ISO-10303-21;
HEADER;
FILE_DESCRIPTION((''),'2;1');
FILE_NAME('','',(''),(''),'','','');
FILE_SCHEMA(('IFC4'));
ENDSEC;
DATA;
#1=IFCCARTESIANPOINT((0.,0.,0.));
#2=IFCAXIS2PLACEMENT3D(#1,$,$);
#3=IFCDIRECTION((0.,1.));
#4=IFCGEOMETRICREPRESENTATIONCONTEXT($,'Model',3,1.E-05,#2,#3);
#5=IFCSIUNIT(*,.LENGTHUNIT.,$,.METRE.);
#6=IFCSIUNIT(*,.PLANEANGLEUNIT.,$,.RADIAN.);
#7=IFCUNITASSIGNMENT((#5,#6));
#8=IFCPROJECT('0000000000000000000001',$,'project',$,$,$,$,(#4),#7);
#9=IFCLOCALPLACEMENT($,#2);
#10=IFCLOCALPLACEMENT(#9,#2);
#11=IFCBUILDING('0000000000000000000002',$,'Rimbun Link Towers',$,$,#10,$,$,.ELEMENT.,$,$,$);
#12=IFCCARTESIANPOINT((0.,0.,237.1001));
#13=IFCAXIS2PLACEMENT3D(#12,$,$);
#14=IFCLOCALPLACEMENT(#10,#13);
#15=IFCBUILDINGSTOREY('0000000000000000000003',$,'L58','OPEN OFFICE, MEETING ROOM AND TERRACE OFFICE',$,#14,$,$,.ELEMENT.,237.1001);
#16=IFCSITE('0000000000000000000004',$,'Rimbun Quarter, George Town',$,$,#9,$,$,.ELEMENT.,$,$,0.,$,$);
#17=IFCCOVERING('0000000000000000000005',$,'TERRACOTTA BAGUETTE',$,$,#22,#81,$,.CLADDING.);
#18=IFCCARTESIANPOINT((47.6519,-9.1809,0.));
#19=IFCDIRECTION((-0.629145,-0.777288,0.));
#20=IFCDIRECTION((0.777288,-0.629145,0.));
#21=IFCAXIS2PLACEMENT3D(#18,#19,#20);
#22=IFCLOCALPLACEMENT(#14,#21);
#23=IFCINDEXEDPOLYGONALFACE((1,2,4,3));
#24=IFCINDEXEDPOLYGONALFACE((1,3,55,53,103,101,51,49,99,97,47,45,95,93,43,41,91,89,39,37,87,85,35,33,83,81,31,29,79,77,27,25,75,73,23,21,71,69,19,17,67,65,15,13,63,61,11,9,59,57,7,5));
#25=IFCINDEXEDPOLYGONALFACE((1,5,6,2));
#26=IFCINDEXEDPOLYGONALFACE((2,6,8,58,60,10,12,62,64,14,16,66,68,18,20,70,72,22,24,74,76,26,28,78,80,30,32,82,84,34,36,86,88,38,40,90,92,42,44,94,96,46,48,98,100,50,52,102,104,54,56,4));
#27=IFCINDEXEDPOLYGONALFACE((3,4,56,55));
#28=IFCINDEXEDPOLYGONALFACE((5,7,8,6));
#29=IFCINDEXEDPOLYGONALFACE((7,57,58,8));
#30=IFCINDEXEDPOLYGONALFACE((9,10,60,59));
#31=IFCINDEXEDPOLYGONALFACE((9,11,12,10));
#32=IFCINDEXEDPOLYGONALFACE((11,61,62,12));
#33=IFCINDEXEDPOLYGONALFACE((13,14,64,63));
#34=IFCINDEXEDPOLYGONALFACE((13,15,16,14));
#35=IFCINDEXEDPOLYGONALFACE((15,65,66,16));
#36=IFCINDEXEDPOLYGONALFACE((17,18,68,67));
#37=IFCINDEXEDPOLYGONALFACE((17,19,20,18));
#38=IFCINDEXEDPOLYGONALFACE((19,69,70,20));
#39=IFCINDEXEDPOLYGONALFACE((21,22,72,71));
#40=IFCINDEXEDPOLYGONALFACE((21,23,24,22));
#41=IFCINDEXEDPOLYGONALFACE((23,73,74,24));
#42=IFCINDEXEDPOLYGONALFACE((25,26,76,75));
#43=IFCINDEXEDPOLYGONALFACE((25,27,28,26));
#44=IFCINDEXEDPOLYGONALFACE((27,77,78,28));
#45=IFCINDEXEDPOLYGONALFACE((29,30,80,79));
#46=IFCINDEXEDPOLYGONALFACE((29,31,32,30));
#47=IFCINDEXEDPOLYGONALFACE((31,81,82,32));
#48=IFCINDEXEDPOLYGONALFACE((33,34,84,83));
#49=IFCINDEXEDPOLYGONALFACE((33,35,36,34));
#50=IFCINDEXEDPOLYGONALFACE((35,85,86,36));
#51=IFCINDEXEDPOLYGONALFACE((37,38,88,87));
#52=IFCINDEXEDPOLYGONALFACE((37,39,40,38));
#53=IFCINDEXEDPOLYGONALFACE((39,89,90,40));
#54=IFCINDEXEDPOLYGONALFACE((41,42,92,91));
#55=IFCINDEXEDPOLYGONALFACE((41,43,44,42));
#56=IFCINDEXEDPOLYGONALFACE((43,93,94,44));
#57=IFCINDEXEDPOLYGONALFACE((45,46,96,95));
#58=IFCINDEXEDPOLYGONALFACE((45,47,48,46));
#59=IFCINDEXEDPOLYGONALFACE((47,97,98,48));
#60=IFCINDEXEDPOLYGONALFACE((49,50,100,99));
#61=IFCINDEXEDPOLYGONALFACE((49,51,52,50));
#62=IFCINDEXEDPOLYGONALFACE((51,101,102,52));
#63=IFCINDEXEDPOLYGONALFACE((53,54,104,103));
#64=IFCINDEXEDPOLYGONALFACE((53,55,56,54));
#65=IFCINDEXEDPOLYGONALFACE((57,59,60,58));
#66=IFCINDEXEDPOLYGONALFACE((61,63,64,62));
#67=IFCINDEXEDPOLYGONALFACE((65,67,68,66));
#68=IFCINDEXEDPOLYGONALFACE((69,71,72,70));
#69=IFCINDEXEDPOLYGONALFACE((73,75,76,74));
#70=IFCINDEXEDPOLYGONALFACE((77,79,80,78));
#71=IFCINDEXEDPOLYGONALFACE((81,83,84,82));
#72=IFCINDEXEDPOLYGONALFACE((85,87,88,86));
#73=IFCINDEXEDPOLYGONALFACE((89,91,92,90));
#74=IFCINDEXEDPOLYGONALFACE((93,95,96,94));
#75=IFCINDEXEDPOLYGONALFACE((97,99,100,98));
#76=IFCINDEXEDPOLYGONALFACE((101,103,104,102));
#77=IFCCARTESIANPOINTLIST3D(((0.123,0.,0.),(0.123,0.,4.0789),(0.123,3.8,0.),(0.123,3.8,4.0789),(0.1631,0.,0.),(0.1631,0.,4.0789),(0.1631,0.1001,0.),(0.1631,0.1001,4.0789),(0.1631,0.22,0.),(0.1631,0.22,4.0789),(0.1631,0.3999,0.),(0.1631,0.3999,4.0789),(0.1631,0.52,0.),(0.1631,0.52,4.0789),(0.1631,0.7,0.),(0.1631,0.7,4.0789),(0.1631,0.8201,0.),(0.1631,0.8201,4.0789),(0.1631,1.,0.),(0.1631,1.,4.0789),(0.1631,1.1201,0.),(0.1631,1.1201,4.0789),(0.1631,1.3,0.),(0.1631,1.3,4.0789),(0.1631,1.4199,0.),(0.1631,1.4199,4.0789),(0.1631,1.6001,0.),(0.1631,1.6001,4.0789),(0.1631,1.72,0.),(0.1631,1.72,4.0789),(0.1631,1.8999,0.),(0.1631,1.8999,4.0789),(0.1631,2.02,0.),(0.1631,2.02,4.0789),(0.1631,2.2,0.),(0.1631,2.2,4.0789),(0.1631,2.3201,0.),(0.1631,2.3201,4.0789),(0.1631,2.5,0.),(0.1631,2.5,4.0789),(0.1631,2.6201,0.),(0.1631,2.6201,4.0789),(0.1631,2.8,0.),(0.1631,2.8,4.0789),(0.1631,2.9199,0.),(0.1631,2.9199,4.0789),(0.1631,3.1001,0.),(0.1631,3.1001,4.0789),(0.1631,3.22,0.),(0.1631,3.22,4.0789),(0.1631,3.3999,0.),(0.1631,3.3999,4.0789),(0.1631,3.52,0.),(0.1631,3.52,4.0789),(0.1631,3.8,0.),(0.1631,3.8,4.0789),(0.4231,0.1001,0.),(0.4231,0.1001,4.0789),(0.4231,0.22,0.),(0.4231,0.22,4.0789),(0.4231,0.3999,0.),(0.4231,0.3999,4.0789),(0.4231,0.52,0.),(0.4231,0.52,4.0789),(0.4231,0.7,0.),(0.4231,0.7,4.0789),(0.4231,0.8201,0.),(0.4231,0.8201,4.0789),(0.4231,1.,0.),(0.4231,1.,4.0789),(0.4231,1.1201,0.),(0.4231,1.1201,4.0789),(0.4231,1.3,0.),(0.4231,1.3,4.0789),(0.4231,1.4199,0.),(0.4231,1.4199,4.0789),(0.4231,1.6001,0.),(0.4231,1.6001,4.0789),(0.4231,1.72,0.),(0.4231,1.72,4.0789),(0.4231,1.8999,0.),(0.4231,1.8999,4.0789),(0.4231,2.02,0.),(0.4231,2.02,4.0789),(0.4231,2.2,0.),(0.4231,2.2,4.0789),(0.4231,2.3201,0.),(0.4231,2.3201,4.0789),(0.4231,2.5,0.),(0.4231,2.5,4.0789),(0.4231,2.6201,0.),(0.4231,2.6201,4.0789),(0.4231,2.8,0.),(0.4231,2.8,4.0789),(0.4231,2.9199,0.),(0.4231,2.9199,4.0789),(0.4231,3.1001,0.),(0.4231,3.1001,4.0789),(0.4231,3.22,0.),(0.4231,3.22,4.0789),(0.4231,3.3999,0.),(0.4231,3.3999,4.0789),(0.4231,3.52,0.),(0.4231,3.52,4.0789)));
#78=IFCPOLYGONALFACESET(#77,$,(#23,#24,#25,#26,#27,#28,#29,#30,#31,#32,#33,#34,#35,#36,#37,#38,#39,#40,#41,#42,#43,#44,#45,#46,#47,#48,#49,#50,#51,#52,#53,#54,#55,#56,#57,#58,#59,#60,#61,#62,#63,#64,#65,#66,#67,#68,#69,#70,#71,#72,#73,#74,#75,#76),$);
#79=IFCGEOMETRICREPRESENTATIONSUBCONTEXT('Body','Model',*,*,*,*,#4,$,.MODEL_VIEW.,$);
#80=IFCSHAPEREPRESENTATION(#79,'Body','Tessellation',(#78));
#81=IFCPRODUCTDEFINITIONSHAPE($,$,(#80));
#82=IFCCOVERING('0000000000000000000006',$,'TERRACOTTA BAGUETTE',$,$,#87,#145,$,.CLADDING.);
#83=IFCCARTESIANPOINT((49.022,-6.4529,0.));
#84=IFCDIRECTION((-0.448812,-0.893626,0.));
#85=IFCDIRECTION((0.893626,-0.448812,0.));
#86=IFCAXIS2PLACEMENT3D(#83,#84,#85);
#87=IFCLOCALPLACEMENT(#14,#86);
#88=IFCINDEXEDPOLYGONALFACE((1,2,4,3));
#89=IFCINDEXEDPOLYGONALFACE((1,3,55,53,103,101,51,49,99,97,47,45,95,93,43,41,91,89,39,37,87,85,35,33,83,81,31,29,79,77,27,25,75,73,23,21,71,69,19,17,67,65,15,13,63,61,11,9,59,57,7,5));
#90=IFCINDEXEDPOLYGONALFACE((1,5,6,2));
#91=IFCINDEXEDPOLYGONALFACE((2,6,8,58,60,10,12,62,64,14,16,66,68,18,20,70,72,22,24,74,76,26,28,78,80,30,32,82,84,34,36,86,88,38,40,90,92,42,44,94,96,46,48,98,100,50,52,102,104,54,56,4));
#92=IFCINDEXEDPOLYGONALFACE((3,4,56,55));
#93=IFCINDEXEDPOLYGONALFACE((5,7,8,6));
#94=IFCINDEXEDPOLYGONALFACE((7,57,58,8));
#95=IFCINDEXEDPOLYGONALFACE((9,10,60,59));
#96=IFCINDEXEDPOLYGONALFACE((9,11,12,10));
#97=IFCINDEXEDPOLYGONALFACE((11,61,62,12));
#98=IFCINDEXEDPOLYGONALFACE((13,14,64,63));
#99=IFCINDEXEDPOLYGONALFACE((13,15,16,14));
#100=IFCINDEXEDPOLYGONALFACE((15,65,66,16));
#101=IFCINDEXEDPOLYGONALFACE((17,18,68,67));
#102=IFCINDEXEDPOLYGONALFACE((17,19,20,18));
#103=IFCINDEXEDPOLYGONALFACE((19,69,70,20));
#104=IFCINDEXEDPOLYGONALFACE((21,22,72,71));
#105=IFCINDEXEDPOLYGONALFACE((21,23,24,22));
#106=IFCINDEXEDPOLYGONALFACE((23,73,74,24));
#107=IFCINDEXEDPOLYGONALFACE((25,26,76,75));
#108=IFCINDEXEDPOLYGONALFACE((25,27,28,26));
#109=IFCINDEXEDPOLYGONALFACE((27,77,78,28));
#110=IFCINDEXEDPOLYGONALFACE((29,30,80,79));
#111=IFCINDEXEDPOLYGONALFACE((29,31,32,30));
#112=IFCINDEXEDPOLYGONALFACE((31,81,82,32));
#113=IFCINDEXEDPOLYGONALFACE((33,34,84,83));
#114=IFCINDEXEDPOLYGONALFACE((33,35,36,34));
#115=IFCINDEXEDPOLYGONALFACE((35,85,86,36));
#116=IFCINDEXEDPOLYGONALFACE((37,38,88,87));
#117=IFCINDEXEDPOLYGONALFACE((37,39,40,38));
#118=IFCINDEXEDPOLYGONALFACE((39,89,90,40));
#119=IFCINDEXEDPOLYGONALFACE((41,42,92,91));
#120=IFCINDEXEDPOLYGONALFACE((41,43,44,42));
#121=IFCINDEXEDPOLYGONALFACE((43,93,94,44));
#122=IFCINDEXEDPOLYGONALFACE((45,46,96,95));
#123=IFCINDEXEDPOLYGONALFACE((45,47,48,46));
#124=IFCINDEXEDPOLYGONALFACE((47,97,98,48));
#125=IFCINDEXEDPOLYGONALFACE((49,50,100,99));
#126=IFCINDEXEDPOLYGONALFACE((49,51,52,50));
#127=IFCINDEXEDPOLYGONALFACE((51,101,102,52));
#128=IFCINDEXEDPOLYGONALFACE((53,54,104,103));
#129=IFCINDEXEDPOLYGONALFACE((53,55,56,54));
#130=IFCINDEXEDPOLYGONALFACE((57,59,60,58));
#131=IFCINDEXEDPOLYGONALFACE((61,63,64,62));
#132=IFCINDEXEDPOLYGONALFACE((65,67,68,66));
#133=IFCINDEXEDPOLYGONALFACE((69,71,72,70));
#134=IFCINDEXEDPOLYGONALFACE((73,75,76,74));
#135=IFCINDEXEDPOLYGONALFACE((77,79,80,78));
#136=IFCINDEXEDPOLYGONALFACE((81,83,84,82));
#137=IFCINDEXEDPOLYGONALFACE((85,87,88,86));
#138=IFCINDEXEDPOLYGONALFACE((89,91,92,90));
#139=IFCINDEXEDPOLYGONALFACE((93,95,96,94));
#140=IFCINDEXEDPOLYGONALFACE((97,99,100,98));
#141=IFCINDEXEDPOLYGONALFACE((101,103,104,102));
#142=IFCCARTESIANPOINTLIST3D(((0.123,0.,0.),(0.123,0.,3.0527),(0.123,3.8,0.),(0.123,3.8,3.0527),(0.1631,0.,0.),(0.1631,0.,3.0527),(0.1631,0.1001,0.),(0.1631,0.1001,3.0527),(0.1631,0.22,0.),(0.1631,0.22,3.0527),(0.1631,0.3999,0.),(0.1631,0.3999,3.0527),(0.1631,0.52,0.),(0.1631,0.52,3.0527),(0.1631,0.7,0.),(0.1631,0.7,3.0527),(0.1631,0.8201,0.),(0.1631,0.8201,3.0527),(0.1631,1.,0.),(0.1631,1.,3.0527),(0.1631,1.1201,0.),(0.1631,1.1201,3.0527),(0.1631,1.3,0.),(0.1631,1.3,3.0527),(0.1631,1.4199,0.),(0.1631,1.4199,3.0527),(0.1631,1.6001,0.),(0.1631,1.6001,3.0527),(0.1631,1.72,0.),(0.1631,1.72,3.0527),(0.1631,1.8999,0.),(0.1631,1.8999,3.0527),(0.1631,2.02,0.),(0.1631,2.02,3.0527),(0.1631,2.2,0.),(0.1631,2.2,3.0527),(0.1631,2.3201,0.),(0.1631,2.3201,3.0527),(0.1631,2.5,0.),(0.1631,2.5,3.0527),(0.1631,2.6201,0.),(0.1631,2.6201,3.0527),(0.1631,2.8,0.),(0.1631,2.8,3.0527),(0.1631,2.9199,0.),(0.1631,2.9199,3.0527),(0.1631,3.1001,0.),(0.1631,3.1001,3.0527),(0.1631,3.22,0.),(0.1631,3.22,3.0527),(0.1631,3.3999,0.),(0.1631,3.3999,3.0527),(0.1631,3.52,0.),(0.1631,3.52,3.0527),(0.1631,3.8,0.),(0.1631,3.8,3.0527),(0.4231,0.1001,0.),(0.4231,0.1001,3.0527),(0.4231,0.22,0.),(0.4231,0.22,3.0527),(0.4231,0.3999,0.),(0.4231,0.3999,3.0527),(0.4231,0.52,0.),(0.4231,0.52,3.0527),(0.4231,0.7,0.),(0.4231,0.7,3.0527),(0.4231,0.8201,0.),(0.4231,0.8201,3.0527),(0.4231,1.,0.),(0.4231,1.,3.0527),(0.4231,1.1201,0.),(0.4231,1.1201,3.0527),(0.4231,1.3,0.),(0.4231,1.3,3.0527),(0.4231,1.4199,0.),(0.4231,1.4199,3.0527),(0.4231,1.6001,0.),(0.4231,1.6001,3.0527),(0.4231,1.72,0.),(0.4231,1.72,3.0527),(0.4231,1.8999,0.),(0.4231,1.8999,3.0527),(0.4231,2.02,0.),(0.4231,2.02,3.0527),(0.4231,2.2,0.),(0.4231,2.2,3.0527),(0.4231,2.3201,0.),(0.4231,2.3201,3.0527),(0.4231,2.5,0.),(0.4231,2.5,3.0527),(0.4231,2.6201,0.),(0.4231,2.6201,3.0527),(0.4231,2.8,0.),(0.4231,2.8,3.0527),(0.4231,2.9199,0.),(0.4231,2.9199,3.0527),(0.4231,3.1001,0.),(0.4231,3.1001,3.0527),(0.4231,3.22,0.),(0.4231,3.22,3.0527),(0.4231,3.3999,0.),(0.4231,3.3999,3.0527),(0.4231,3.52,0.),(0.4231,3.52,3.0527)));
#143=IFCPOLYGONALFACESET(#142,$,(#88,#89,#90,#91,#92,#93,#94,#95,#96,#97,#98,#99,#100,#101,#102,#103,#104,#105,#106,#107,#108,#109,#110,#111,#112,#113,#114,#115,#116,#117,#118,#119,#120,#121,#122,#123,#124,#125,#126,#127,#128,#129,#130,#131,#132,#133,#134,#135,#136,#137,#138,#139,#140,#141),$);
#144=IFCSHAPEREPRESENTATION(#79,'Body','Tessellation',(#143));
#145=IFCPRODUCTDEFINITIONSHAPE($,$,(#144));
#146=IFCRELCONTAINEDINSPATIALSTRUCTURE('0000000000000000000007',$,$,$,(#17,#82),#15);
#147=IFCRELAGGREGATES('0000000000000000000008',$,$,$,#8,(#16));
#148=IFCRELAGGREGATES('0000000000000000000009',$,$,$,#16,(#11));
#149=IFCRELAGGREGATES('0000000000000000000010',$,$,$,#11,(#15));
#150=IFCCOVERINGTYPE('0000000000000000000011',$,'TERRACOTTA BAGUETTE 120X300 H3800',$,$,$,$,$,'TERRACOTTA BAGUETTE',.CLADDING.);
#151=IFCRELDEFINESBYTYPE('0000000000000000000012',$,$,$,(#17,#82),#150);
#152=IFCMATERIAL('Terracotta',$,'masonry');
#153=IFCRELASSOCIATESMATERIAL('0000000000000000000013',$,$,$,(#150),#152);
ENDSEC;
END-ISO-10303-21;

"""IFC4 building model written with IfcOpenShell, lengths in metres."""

from ifc_helpers import new_model, si_unit, direction, frame, origin, place, context, subcontext, project, spatial, polyline, outline, extrude, material, material_profile, profile_set, type_object, element, save


model = new_model("IFC4")

# Units and contexts
model_context = context("Model", 3, precision=1e-05, world=origin(), true_north=direction((0.0, 1.0)))
body_context = subcontext(model_context, "Body", "Model", "MODEL_VIEW")
ifc_project = project(units=[si_unit("LENGTHUNIT", "METRE"), si_unit("PLANEANGLEUNIT", "RADIAN")], contexts=[model_context])

# Site, building, storey
site_placement = place(None, origin())
site = spatial("IfcSite", under=ifc_project, at=site_placement, Name="Rimbun Quarter, George Town", CompositionType="ELEMENT", RefElevation=0.0)
building_placement = place(site_placement, origin())
building = spatial("IfcBuilding", under=site, at=building_placement, Name="Rimbun Link Towers", CompositionType="ELEMENT")
storey_placement = place(building_placement, frame((0.0, 0.0, 237.1001)))
storey = spatial("IfcBuildingStorey", under=building, at=storey_placement, Name="L58", Description="OPEN OFFICE, MEETING ROOM AND TERRACE OFFICE", CompositionType="ELEMENT", Elevation=237.1001)

# Coverings
ifc_material_1 = material(Name="Terracotta", Category="masonry")
ifc_material_profile_1 = material_profile(ifc_material_1, outline(polyline([(0.123, 0.0), (0.1631, 0.0), (0.1631, 0.1001), (0.4231, 0.1001), (0.4231, 0.22), (0.1631, 0.22), (0.1631, 0.3999), (0.4231, 0.3999), (0.4231, 0.52), (0.1631, 0.52), (0.1631, 0.7), (0.4231, 0.7), (0.4231, 0.8201), (0.1631, 0.8201), (0.1631, 1.0), (0.4231, 1.0), (0.4231, 1.1201), (0.1631, 1.1201), (0.1631, 1.3), (0.4231, 1.3), (0.4231, 1.4199), (0.1631, 1.4199), (0.1631, 1.6001), (0.4231, 1.6001), (0.4231, 1.72), (0.1631, 1.72), (0.1631, 1.8999), (0.4231, 1.8999), (0.4231, 2.02), (0.1631, 2.02), (0.1631, 2.2), (0.4231, 2.2), (0.4231, 2.3201), (0.1631, 2.3201), (0.1631, 2.5), (0.4231, 2.5), (0.4231, 2.6201), (0.1631, 2.6201), (0.1631, 2.8), (0.4231, 2.8), (0.4231, 2.9199), (0.1631, 2.9199), (0.1631, 3.1001), (0.4231, 3.1001), (0.4231, 3.22), (0.1631, 3.22), (0.1631, 3.3999), (0.4231, 3.3999), (0.4231, 3.52), (0.1631, 3.52), (0.1631, 3.8), (0.123, 3.8), (0.123, 0.0)])), Name="BAGUETTE 120X300")
ifc_profile_set_1 = profile_set([ifc_material_profile_1], Name="Terracotta")
covering_type = type_object("IfcCoveringType", Name="TERRACOTTA BAGUETTE 120X300 H3800", ElementType="TERRACOTTA BAGUETTE", PredefinedType="CLADDING", material=ifc_profile_set_1)
covering_1_placement = place(storey_placement, frame((47.6519, -9.1809, 0.0), z_axis=(-0.629145, -0.777288, 0.0), x_axis=(0.777288, -0.629145, 0.0)))
element("IfcCovering", 1, at=covering_1_placement, inside=storey, type_object=covering_type, Name="TERRACOTTA BAGUETTE", PredefinedType="CLADDING", context=body_context, shape_type="SweptSolid", body=[
    extrude(outline(polyline([(0.123, 0.0), (0.1631, 0.0), (0.1631, 0.1001), (0.4231, 0.1001), (0.4231, 0.22), (0.1631, 0.22), (0.1631, 0.3999), (0.4231, 0.3999), (0.4231, 0.52), (0.1631, 0.52), (0.1631, 0.7), (0.4231, 0.7), (0.4231, 0.8201), (0.1631, 0.8201), (0.1631, 1.0), (0.4231, 1.0), (0.4231, 1.1201), (0.1631, 1.1201), (0.1631, 1.3), (0.4231, 1.3), (0.4231, 1.4199), (0.1631, 1.4199), (0.1631, 1.6001), (0.4231, 1.6001), (0.4231, 1.72), (0.1631, 1.72), (0.1631, 1.8999), (0.4231, 1.8999), (0.4231, 2.02), (0.1631, 2.02), (0.1631, 2.2), (0.4231, 2.2), (0.4231, 2.3201), (0.1631, 2.3201), (0.1631, 2.5), (0.4231, 2.5), (0.4231, 2.6201), (0.1631, 2.6201), (0.1631, 2.8), (0.4231, 2.8), (0.4231, 2.9199), (0.1631, 2.9199), (0.1631, 3.1001), (0.4231, 3.1001), (0.4231, 3.22), (0.1631, 3.22), (0.1631, 3.3999), (0.4231, 3.3999), (0.4231, 3.52), (0.1631, 3.52), (0.1631, 3.8), (0.123, 3.8), (0.123, 0.0)])), origin(), (0.0, 0.0, 1.0), 4.0789),
])
covering_2_placement = place(storey_placement, frame((49.022, -6.4529, 0.0), z_axis=(-0.448812, -0.893626, 0.0), x_axis=(0.893626, -0.448812, 0.0)))
element("IfcCovering", 2, at=covering_2_placement, inside=storey, type_object=covering_type, Name="TERRACOTTA BAGUETTE", PredefinedType="CLADDING", context=body_context, shape_type="SweptSolid", body=[
    extrude(outline(polyline([(0.123, 0.0), (0.1631, 0.0), (0.1631, 0.1001), (0.4231, 0.1001), (0.4231, 0.22), (0.1631, 0.22), (0.1631, 0.3999), (0.4231, 0.3999), (0.4231, 0.52), (0.1631, 0.52), (0.1631, 0.7), (0.4231, 0.7), (0.4231, 0.8201), (0.1631, 0.8201), (0.1631, 1.0), (0.4231, 1.0), (0.4231, 1.1201), (0.1631, 1.1201), (0.1631, 1.3), (0.4231, 1.3), (0.4231, 1.4199), (0.1631, 1.4199), (0.1631, 1.6001), (0.4231, 1.6001), (0.4231, 1.72), (0.1631, 1.72), (0.1631, 1.8999), (0.4231, 1.8999), (0.4231, 2.02), (0.1631, 2.02), (0.1631, 2.2), (0.4231, 2.2), (0.4231, 2.3201), (0.1631, 2.3201), (0.1631, 2.5), (0.4231, 2.5), (0.4231, 2.6201), (0.1631, 2.6201), (0.1631, 2.8), (0.4231, 2.8), (0.4231, 2.9199), (0.1631, 2.9199), (0.1631, 3.1001), (0.4231, 3.1001), (0.4231, 3.22), (0.1631, 3.22), (0.1631, 3.3999), (0.4231, 3.3999), (0.4231, 3.52), (0.1631, 3.52), (0.1631, 3.8), (0.123, 3.8), (0.123, 0.0)])), origin(), (0.0, 0.0, 1.0), 3.0527),
])

save(model, "model.ifc")
